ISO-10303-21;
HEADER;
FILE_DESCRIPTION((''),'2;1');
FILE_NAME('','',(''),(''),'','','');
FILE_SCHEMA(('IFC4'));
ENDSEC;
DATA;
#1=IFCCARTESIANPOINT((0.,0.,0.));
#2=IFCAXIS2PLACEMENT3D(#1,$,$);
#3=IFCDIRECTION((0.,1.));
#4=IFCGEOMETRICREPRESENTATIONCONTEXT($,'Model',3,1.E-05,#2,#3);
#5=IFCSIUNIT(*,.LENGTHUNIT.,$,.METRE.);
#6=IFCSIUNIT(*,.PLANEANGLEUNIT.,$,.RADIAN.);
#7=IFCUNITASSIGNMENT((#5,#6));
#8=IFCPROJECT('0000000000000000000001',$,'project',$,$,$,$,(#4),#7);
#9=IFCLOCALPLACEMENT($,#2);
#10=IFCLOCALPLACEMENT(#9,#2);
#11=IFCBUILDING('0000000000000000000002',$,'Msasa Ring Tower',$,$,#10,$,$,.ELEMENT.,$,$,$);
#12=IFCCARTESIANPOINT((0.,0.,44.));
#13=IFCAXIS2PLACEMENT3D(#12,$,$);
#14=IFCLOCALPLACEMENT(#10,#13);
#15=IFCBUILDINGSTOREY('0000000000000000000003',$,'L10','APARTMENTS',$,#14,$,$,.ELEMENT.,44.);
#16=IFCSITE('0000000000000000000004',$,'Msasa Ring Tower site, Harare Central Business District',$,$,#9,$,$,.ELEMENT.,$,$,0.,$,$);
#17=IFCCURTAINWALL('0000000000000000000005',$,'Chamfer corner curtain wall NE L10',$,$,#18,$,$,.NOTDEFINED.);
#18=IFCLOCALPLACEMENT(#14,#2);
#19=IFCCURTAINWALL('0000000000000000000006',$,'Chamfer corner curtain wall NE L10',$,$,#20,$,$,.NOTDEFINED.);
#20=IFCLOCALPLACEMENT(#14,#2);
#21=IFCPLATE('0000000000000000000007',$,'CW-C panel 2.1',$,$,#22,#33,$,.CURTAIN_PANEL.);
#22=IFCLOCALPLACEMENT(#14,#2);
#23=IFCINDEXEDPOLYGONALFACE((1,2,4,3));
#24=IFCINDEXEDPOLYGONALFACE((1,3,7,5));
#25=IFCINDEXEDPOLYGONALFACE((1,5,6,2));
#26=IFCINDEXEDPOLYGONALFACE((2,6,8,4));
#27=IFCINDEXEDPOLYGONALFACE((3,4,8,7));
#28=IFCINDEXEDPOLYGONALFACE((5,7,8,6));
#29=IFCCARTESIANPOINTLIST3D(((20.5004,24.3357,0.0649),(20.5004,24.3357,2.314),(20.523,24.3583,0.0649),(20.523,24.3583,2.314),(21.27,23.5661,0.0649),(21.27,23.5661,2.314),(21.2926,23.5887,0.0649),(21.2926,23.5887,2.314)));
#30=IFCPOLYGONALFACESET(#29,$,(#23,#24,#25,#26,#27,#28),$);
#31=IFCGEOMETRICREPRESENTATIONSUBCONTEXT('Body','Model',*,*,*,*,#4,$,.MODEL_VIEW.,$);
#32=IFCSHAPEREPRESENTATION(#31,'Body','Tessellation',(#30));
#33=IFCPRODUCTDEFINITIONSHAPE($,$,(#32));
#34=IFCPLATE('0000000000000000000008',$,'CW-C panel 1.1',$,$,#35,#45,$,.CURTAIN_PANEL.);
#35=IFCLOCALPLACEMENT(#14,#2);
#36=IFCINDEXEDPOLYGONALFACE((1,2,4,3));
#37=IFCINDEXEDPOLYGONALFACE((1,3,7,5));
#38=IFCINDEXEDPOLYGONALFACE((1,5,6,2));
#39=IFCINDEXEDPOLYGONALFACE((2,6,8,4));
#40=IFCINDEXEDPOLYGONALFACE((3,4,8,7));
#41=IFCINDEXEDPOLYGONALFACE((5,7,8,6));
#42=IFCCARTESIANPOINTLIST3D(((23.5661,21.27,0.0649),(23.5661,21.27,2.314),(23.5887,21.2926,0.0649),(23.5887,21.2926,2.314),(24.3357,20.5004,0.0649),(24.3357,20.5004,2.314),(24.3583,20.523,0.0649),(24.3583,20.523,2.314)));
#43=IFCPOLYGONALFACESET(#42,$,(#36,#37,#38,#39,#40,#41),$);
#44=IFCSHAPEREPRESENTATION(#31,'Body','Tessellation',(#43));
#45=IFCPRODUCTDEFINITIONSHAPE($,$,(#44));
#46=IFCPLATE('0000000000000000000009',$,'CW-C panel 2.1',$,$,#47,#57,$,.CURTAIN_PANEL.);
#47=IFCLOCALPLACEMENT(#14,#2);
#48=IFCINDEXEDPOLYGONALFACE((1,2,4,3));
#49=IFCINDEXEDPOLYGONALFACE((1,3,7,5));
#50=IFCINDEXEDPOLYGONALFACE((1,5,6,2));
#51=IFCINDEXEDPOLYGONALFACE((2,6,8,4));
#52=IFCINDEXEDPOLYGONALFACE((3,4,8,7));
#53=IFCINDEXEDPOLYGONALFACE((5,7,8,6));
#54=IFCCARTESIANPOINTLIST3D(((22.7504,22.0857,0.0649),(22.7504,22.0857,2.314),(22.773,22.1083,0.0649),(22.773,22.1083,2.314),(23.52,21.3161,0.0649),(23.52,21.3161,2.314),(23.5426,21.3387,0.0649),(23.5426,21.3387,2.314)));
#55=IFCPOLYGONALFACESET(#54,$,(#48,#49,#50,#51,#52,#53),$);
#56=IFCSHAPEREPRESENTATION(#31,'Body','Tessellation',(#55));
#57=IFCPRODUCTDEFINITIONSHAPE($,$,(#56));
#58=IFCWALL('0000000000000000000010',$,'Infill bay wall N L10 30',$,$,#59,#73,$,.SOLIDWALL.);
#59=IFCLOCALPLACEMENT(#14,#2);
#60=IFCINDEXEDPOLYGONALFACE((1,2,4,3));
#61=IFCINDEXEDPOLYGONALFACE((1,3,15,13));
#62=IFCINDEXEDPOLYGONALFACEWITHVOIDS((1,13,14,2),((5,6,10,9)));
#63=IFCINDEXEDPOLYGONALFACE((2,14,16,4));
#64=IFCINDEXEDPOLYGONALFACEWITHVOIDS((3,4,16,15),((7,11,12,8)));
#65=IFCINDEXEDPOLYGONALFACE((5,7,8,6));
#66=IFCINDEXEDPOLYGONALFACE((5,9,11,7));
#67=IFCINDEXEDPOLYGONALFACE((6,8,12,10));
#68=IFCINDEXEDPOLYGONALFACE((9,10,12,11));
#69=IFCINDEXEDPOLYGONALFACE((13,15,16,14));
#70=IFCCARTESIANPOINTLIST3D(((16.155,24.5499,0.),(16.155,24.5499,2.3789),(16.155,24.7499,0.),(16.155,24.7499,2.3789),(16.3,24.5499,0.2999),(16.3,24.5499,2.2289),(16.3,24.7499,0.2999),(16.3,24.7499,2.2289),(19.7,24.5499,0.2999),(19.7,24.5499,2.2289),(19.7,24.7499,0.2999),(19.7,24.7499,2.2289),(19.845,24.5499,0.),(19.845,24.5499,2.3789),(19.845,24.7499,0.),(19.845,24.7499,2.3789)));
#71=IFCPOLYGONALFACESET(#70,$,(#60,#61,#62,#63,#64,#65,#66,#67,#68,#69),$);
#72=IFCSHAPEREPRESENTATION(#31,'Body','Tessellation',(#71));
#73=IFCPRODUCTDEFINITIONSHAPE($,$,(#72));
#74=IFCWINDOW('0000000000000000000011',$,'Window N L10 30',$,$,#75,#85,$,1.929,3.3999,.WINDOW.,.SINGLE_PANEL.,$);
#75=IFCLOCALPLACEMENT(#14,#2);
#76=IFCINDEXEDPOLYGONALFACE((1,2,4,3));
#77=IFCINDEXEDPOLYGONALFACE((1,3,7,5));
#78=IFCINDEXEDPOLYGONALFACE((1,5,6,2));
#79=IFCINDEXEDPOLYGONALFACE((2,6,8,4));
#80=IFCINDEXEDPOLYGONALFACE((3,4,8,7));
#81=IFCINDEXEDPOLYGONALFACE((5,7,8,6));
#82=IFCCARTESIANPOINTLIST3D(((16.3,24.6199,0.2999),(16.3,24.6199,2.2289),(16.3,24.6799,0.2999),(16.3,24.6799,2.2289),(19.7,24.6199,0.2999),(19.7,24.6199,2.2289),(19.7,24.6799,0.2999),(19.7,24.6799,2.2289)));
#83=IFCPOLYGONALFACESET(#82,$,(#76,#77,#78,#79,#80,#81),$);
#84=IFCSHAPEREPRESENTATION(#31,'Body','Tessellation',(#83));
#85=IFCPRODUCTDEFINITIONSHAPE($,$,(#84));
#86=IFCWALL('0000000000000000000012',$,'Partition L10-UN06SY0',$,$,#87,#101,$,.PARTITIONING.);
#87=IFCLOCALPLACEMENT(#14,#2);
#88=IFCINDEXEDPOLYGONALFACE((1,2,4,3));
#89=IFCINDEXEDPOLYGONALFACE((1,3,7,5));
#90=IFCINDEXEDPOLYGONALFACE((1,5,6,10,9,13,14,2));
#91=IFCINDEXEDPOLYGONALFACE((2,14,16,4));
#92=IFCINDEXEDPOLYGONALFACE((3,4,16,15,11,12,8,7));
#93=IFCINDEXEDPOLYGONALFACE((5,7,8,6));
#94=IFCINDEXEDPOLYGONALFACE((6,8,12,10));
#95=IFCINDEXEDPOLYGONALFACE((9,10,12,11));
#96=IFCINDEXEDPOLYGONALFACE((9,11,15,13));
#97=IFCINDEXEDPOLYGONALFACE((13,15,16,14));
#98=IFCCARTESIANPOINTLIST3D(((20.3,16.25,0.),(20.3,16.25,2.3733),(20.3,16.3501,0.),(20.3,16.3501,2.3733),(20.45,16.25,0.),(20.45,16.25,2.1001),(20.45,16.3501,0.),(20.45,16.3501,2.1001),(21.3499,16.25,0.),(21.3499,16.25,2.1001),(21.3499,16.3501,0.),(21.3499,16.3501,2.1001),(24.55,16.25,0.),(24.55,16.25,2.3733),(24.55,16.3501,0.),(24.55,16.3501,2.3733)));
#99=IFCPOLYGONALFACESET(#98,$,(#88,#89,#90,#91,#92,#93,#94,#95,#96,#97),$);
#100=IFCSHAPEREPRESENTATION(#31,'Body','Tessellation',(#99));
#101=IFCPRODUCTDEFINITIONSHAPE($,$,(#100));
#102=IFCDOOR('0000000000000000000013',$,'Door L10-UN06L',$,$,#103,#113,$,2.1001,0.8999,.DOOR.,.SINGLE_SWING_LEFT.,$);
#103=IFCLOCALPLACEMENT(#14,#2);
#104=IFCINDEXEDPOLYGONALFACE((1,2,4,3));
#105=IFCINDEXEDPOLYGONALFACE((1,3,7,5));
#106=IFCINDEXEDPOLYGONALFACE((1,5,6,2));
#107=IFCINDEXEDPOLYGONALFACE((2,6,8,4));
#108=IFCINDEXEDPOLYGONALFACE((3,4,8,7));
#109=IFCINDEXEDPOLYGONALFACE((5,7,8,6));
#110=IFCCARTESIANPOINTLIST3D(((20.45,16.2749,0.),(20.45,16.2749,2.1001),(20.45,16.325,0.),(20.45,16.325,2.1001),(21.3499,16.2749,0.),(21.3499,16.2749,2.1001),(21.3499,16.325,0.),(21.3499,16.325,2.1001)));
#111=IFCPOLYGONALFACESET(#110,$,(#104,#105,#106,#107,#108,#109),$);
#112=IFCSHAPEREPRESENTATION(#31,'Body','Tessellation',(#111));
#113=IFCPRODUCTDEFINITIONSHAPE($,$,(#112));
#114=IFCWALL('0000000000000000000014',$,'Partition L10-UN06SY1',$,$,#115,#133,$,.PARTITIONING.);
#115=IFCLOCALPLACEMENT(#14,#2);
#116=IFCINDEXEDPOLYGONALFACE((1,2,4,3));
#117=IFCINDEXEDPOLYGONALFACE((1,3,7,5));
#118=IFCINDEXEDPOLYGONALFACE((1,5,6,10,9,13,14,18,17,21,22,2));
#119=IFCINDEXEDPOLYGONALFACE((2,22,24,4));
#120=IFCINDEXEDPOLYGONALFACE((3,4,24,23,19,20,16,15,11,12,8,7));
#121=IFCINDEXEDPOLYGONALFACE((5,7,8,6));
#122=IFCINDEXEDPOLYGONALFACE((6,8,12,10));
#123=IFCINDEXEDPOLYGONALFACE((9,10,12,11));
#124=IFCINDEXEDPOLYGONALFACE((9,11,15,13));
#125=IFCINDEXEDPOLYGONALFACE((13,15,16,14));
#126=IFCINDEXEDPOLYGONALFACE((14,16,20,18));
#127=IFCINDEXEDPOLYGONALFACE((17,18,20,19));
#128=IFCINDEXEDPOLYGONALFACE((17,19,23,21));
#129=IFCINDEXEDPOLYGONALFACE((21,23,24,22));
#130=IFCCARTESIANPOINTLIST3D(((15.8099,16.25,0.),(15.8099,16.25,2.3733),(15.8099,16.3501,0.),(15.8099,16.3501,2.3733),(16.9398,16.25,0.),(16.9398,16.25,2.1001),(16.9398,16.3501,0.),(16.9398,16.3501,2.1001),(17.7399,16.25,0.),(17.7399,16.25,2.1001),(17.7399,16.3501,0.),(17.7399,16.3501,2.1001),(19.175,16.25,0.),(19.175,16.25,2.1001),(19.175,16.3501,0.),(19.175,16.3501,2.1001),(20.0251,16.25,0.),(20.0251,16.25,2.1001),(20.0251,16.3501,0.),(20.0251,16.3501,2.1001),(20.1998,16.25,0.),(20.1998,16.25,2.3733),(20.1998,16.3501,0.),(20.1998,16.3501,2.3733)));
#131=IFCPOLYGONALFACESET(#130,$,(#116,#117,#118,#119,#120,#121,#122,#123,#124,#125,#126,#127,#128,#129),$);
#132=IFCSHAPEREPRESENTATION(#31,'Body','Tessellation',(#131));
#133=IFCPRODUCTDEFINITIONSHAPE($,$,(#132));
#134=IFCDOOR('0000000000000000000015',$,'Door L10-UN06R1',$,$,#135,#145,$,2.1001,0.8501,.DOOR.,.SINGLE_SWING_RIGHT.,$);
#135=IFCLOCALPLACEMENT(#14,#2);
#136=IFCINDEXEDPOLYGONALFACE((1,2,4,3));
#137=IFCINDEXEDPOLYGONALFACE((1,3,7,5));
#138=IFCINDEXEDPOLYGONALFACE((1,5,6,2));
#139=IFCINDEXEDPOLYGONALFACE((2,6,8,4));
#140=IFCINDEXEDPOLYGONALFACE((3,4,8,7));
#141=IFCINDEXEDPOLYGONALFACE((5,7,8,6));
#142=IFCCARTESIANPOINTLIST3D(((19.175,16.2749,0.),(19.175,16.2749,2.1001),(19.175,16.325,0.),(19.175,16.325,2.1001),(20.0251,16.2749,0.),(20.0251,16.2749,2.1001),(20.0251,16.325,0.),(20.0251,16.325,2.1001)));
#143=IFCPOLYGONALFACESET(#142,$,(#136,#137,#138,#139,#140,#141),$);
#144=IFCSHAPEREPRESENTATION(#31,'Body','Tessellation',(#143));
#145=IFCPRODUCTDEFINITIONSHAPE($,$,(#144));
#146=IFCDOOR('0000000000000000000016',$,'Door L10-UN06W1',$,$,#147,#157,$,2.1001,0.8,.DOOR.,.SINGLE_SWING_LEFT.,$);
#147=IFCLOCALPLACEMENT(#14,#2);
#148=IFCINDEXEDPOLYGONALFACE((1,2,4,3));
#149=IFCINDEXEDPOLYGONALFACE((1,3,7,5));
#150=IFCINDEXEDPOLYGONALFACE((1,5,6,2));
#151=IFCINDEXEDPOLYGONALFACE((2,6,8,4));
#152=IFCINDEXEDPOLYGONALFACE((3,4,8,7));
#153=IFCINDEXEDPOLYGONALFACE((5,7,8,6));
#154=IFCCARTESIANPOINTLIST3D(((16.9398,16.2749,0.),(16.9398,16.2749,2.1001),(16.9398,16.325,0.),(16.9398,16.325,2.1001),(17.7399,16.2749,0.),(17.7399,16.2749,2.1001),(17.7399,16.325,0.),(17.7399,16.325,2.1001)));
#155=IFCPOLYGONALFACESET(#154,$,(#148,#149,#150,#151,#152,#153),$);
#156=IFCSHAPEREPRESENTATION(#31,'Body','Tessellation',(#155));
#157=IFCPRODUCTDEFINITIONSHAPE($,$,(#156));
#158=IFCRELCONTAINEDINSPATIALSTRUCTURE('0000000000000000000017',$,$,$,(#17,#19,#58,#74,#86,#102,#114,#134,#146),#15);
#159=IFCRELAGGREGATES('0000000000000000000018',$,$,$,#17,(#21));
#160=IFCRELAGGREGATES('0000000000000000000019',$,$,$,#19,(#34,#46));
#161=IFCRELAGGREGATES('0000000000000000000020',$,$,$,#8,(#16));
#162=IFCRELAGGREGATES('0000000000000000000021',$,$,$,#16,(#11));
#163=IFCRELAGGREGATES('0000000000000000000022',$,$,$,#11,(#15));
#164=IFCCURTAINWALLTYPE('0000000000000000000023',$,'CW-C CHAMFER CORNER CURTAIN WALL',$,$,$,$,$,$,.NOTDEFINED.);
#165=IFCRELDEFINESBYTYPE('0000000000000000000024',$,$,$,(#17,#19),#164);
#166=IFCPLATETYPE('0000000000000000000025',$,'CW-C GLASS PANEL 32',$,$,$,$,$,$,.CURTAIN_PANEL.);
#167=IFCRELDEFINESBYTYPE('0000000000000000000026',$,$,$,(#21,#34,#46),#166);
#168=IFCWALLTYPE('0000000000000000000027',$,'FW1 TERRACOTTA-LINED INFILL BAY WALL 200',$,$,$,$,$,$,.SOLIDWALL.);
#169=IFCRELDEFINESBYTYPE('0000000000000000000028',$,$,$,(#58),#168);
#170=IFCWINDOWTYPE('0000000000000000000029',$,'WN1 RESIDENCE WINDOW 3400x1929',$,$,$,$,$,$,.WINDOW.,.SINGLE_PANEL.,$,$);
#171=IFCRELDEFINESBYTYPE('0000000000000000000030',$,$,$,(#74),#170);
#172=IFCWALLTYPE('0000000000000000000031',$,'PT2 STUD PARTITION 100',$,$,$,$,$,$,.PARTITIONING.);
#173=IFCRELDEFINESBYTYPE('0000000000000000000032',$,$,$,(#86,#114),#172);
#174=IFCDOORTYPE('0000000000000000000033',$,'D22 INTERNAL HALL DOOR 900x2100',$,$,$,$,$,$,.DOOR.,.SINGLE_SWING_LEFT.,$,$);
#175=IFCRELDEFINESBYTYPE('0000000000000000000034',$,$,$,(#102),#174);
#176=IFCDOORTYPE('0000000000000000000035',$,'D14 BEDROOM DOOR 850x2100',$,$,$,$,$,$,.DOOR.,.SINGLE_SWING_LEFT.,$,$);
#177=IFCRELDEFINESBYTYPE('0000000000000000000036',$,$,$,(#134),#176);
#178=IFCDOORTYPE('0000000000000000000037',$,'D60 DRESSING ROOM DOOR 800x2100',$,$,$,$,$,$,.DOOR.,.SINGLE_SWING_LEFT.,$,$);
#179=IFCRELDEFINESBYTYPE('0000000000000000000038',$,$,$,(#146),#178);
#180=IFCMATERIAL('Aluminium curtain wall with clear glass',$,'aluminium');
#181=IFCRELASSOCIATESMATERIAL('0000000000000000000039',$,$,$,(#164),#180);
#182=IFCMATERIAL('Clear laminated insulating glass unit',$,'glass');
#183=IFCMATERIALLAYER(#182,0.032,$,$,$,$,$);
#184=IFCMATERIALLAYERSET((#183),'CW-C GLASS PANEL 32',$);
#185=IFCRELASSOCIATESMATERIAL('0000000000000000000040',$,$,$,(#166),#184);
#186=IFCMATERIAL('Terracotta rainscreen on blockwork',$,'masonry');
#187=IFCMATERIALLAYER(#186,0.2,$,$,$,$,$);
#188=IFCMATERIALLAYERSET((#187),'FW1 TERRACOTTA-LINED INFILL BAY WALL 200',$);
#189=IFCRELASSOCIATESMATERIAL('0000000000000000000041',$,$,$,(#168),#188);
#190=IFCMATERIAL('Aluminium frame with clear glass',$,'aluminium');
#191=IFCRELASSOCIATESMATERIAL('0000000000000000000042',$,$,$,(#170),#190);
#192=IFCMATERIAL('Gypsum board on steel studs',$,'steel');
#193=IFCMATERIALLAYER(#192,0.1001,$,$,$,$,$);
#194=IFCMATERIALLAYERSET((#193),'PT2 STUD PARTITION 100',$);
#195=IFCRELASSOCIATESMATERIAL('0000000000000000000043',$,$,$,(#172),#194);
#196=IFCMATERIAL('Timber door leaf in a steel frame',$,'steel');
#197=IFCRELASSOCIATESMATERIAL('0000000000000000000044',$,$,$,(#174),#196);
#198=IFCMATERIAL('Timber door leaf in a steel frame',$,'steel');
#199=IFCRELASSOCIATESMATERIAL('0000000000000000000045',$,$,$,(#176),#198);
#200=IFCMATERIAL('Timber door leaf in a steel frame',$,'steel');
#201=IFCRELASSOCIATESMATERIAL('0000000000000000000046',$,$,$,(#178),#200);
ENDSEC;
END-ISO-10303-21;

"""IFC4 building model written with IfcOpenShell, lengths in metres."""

from ifc_helpers import new_model, si_unit, direction, frame, frame_2d, origin, origin_2d, place, context, subcontext, project, spatial, rectangle, extrude, material, layer, layer_set, type_object, element, fill, aggregate, save


model = new_model("IFC4")

# Units and contexts
model_context = context("Model", 3, precision=1e-05, world=origin(), true_north=direction((0.0, 1.0)))
body_context = subcontext(model_context, "Body", "Model", "MODEL_VIEW")
ifc_project = project(units=[si_unit("LENGTHUNIT", "METRE"), si_unit("PLANEANGLEUNIT", "RADIAN")], contexts=[model_context])

# Site, building, storey
site_placement = place(None, origin())
site = spatial("IfcSite", under=ifc_project, at=site_placement, Name="Msasa Ring Tower site, Harare Central Business District", CompositionType="ELEMENT", RefElevation=0.0)
building_placement = place(site_placement, origin())
building = spatial("IfcBuilding", under=site, at=building_placement, Name="Msasa Ring Tower", CompositionType="ELEMENT")
storey_placement = place(building_placement, frame((0.0, 0.0, 44.0)))
storey = spatial("IfcBuildingStorey", under=building, at=storey_placement, Name="L10", Description="APARTMENTS", CompositionType="ELEMENT", Elevation=44.0)

# Curtain walls
ifc_material_1 = material(Name="Aluminium curtain wall with clear glass", Category="aluminium")
curtain_wall_type = type_object("IfcCurtainWallType", Name="CW-C CHAMFER CORNER CURTAIN WALL", PredefinedType="NOTDEFINED", material=ifc_material_1)
curtain_wall_1_placement = place(storey_placement, origin())
curtain_wall_1 = element("IfcCurtainWall", 1, at=curtain_wall_1_placement, inside=storey, type_object=curtain_wall_type, Name="Chamfer corner curtain wall NE L10", PredefinedType="NOTDEFINED")
curtain_wall_2_placement = place(storey_placement, origin())
curtain_wall_2 = element("IfcCurtainWall", 2, at=curtain_wall_2_placement, inside=storey, type_object=curtain_wall_type, Name="Chamfer corner curtain wall NE L10", PredefinedType="NOTDEFINED")

# Plates
ifc_material_2 = material(Name="Clear laminated insulating glass unit", Category="glass")
ifc_layer_1 = layer(ifc_material_2, 0.032)
ifc_layer_set_1 = layer_set([ifc_layer_1], Name="CW-C GLASS PANEL 32")
plate_type = type_object("IfcPlateType", Name="CW-C GLASS PANEL 32", PredefinedType="CURTAIN_PANEL", material=ifc_layer_set_1)
plate_1_placement = place(storey_placement, frame((20.8965, 23.9622, 0.0649), z_axis=(0.0, 0.0, 1.0), x_axis=(-0.707107, 0.707107, 0.0)))
plate_1 = element("IfcPlate", 3, at=plate_1_placement, type_object=plate_type, Name="CW-C panel 2.1", PredefinedType="CURTAIN_PANEL", context=body_context, shape_type="SweptSolid", body=[
    extrude(rectangle(XDim=1.0884, YDim=0.032, at=origin_2d()), origin(), (0.0, 0.0, 1.0), 2.249),
])
aggregate(curtain_wall_1, [plate_1])
plate_2_placement = place(storey_placement, frame((23.9622, 20.8965, 0.0649), z_axis=(0.0, 0.0, 1.0), x_axis=(-0.707107, 0.707107, 0.0)))
plate_2 = element("IfcPlate", 4, at=plate_2_placement, type_object=plate_type, Name="CW-C panel 1.1", PredefinedType="CURTAIN_PANEL", context=body_context, shape_type="SweptSolid", body=[
    extrude(rectangle(XDim=1.0884, YDim=0.032, at=origin_2d()), origin(), (0.0, 0.0, 1.0), 2.249),
])
plate_3_placement = place(storey_placement, frame((23.1465, 21.7122, 0.0649), z_axis=(0.0, 0.0, 1.0), x_axis=(-0.707107, 0.707107, 0.0)))
plate_3 = element("IfcPlate", 5, at=plate_3_placement, type_object=plate_type, Name="CW-C panel 2.1", PredefinedType="CURTAIN_PANEL", context=body_context, shape_type="SweptSolid", body=[
    extrude(rectangle(XDim=1.0884, YDim=0.032, at=origin_2d()), origin(), (0.0, 0.0, 1.0), 2.249),
])
aggregate(curtain_wall_2, [plate_2, plate_3])

# Wall, opening, window
ifc_material_3 = material(Name="Terracotta rainscreen on blockwork", Category="masonry")
ifc_layer_2 = layer(ifc_material_3, 0.2)
ifc_layer_set_2 = layer_set([ifc_layer_2], Name="FW1 TERRACOTTA-LINED INFILL BAY WALL 200")
wall_type_1 = type_object("IfcWallType", Name="FW1 TERRACOTTA-LINED INFILL BAY WALL 200", PredefinedType="SOLIDWALL", material=ifc_layer_set_2)
wall_1_placement = place(storey_placement, frame((16.155, 24.6499, 0.0), z_axis=(0.0, 0.0, 1.0), x_axis=(1.0, 0.0, 0.0)))
wall_1 = element("IfcWall", 6, at=wall_1_placement, inside=storey, type_object=wall_type_1, Name="Infill bay wall N L10 30", PredefinedType="SOLIDWALL", context=body_context, shape_type="SweptSolid", body=[
    extrude(rectangle(XDim=3.6899, YDim=0.2, at=frame_2d((1.845, 0.0))), origin(), (0.0, 0.0, 1.0), 2.3789),
])
opening_1_placement = place(wall_1_placement, frame((0.145, 0.0, 0.3)))
opening_1 = element("IfcOpeningElement", 7, at=opening_1_placement, cuts=wall_1, PredefinedType="OPENING", context=body_context, shape_type="SweptSolid", body=[
    extrude(rectangle(XDim=3.3999, YDim=1.929, at=frame_2d((1.7, 0.9644))), frame((0.0, 0.1099, 0.0), z_axis=(0.0, -1.0, 0.0), x_axis=(1.0, 0.0, 0.0)), (0.0, 0.0, 1.0), 0.22),
])
ifc_material_4 = material(Name="Aluminium frame with clear glass", Category="aluminium")
window_type = type_object("IfcWindowType", Name="WN1 RESIDENCE WINDOW 3400x1929", PartitioningType="SINGLE_PANEL", PredefinedType="WINDOW", material=ifc_material_4)
window_placement = place(opening_1_placement, origin())
window = element("IfcWindow", 8, at=window_placement, inside=storey, type_object=window_type, Name="Window N L10 30", OverallHeight=1.929, OverallWidth=3.3999, PartitioningType="SINGLE_PANEL", PredefinedType="WINDOW", context=body_context, shape_type="SweptSolid", body=[
    extrude(rectangle(XDim=3.3999, YDim=1.929, at=frame_2d((1.7, 0.9644))), frame((0.0, 0.03, 0.0), z_axis=(0.0, -1.0, 0.0), x_axis=(1.0, 0.0, 0.0)), (0.0, 0.0, 1.0), 0.0601),
])
fill(opening_1, window)

# Wall, opening, door
ifc_material_5 = material(Name="Gypsum board on steel studs", Category="steel")
ifc_layer_3 = layer(ifc_material_5, 0.1001)
ifc_layer_set_3 = layer_set([ifc_layer_3], Name="PT2 STUD PARTITION 100")
wall_type_2 = type_object("IfcWallType", Name="PT2 STUD PARTITION 100", PredefinedType="PARTITIONING", material=ifc_layer_set_3)
wall_2_placement = place(storey_placement, frame((20.3, 16.3, 0.0), z_axis=(0.0, 0.0, 1.0), x_axis=(1.0, 0.0, 0.0)))
wall_2 = element("IfcWall", 9, at=wall_2_placement, inside=storey, type_object=wall_type_2, Name="Partition L10-UN06SY0", PredefinedType="PARTITIONING", context=body_context, shape_type="SweptSolid", body=[
    extrude(rectangle(XDim=4.25, YDim=0.1001, at=frame_2d((2.125, 0.0))), origin(), (0.0, 0.0, 1.0), 2.3733),
])
opening_2_placement = place(wall_2_placement, frame((0.1499, 0.0, 0.0)))
opening_2 = element("IfcOpeningElement", 10, at=opening_2_placement, cuts=wall_2, PredefinedType="OPENING", context=body_context, shape_type="SweptSolid", body=[
    extrude(rectangle(XDim=0.8999, YDim=2.1001, at=frame_2d((0.45, 1.05))), frame((0.0, 0.0601, 0.0), z_axis=(0.0, -1.0, 0.0), x_axis=(1.0, 0.0, 0.0)), (0.0, 0.0, 1.0), 0.1201),
])
ifc_material_6 = material(Name="Timber door leaf in a steel frame", Category="steel")
door_type_1 = type_object("IfcDoorType", Name="D22 INTERNAL HALL DOOR 900x2100", OperationType="SINGLE_SWING_LEFT", PredefinedType="DOOR", material=ifc_material_6)
door_1_placement = place(opening_2_placement, origin())
door_1 = element("IfcDoor", 11, at=door_1_placement, inside=storey, type_object=door_type_1, Name="Door L10-UN06L", OperationType="SINGLE_SWING_LEFT", OverallHeight=2.1001, OverallWidth=0.8999, PredefinedType="DOOR", context=body_context, shape_type="SweptSolid", body=[
    extrude(rectangle(XDim=0.8999, YDim=2.1001, at=frame_2d((0.45, 1.05))), frame((0.0, 0.0249, 0.0), z_axis=(0.0, -1.0, 0.0), x_axis=(1.0, 0.0, 0.0)), (0.0, 0.0, 1.0), 0.05),
])
fill(opening_2, door_1)

# Wall, openings, doors
wall_3_placement = place(storey_placement, frame((15.8101, 16.3, 0.0), z_axis=(0.0, 0.0, 1.0), x_axis=(1.0, 0.0, 0.0)))
wall_3 = element("IfcWall", 12, at=wall_3_placement, inside=storey, type_object=wall_type_2, Name="Partition L10-UN06SY1", PredefinedType="PARTITIONING", context=body_context, shape_type="SweptSolid", body=[
    extrude(rectangle(XDim=4.3899, YDim=0.1001, at=frame_2d((2.1948, 0.0))), origin(), (0.0, 0.0, 1.0), 2.3733),
])
opening_3_placement = place(wall_3_placement, frame((3.365, 0.0, 0.0)))
opening_3 = element("IfcOpeningElement", 13, at=opening_3_placement, cuts=wall_3, PredefinedType="OPENING", context=body_context, shape_type="SweptSolid", body=[
    extrude(rectangle(XDim=0.8501, YDim=2.1001, at=frame_2d((0.425, 1.05))), frame((0.0, 0.0601, 0.0), z_axis=(0.0, -1.0, 0.0), x_axis=(1.0, 0.0, 0.0)), (0.0, 0.0, 1.0), 0.1201),
])
opening_4_placement = place(wall_3_placement, frame((1.1299, 0.0, 0.0)))
opening_4 = element("IfcOpeningElement", 14, at=opening_4_placement, cuts=wall_3, PredefinedType="OPENING", context=body_context, shape_type="SweptSolid", body=[
    extrude(rectangle(XDim=0.8, YDim=2.1001, at=frame_2d((0.3999, 1.05))), frame((0.0, 0.0601, 0.0), z_axis=(0.0, -1.0, 0.0), x_axis=(1.0, 0.0, 0.0)), (0.0, 0.0, 1.0), 0.1201),
])
ifc_material_7 = material(Name="Timber door leaf in a steel frame", Category="steel")
door_type_2 = type_object("IfcDoorType", Name="D14 BEDROOM DOOR 850x2100", OperationType="SINGLE_SWING_LEFT", PredefinedType="DOOR", material=ifc_material_7)
door_2_placement = place(opening_3_placement, origin())
door_2 = element("IfcDoor", 15, at=door_2_placement, inside=storey, type_object=door_type_2, Name="Door L10-UN06R1", OperationType="SINGLE_SWING_RIGHT", OverallHeight=2.1001, OverallWidth=0.8501, PredefinedType="DOOR", context=body_context, shape_type="SweptSolid", body=[
    extrude(rectangle(XDim=0.8501, YDim=2.1001, at=frame_2d((0.425, 1.05))), frame((0.0, 0.0249, 0.0), z_axis=(0.0, -1.0, 0.0), x_axis=(1.0, 0.0, 0.0)), (0.0, 0.0, 1.0), 0.05),
])
fill(opening_3, door_2)
ifc_material_8 = material(Name="Timber door leaf in a steel frame", Category="steel")
door_type_3 = type_object("IfcDoorType", Name="D60 DRESSING ROOM DOOR 800x2100", OperationType="SINGLE_SWING_LEFT", PredefinedType="DOOR", material=ifc_material_8)
door_3_placement = place(opening_4_placement, origin())
door_3 = element("IfcDoor", 16, at=door_3_placement, inside=storey, type_object=door_type_3, Name="Door L10-UN06W1", OperationType="SINGLE_SWING_LEFT", OverallHeight=2.1001, OverallWidth=0.8, PredefinedType="DOOR", context=body_context, shape_type="SweptSolid", body=[
    extrude(rectangle(XDim=0.8, YDim=2.1001, at=frame_2d((0.3999, 1.05))), frame((0.0, 0.0249, 0.0), z_axis=(0.0, -1.0, 0.0), x_axis=(1.0, 0.0, 0.0)), (0.0, 0.0, 1.0), 0.05),
])
fill(opening_4, door_3)

save(model, "model.ifc")
